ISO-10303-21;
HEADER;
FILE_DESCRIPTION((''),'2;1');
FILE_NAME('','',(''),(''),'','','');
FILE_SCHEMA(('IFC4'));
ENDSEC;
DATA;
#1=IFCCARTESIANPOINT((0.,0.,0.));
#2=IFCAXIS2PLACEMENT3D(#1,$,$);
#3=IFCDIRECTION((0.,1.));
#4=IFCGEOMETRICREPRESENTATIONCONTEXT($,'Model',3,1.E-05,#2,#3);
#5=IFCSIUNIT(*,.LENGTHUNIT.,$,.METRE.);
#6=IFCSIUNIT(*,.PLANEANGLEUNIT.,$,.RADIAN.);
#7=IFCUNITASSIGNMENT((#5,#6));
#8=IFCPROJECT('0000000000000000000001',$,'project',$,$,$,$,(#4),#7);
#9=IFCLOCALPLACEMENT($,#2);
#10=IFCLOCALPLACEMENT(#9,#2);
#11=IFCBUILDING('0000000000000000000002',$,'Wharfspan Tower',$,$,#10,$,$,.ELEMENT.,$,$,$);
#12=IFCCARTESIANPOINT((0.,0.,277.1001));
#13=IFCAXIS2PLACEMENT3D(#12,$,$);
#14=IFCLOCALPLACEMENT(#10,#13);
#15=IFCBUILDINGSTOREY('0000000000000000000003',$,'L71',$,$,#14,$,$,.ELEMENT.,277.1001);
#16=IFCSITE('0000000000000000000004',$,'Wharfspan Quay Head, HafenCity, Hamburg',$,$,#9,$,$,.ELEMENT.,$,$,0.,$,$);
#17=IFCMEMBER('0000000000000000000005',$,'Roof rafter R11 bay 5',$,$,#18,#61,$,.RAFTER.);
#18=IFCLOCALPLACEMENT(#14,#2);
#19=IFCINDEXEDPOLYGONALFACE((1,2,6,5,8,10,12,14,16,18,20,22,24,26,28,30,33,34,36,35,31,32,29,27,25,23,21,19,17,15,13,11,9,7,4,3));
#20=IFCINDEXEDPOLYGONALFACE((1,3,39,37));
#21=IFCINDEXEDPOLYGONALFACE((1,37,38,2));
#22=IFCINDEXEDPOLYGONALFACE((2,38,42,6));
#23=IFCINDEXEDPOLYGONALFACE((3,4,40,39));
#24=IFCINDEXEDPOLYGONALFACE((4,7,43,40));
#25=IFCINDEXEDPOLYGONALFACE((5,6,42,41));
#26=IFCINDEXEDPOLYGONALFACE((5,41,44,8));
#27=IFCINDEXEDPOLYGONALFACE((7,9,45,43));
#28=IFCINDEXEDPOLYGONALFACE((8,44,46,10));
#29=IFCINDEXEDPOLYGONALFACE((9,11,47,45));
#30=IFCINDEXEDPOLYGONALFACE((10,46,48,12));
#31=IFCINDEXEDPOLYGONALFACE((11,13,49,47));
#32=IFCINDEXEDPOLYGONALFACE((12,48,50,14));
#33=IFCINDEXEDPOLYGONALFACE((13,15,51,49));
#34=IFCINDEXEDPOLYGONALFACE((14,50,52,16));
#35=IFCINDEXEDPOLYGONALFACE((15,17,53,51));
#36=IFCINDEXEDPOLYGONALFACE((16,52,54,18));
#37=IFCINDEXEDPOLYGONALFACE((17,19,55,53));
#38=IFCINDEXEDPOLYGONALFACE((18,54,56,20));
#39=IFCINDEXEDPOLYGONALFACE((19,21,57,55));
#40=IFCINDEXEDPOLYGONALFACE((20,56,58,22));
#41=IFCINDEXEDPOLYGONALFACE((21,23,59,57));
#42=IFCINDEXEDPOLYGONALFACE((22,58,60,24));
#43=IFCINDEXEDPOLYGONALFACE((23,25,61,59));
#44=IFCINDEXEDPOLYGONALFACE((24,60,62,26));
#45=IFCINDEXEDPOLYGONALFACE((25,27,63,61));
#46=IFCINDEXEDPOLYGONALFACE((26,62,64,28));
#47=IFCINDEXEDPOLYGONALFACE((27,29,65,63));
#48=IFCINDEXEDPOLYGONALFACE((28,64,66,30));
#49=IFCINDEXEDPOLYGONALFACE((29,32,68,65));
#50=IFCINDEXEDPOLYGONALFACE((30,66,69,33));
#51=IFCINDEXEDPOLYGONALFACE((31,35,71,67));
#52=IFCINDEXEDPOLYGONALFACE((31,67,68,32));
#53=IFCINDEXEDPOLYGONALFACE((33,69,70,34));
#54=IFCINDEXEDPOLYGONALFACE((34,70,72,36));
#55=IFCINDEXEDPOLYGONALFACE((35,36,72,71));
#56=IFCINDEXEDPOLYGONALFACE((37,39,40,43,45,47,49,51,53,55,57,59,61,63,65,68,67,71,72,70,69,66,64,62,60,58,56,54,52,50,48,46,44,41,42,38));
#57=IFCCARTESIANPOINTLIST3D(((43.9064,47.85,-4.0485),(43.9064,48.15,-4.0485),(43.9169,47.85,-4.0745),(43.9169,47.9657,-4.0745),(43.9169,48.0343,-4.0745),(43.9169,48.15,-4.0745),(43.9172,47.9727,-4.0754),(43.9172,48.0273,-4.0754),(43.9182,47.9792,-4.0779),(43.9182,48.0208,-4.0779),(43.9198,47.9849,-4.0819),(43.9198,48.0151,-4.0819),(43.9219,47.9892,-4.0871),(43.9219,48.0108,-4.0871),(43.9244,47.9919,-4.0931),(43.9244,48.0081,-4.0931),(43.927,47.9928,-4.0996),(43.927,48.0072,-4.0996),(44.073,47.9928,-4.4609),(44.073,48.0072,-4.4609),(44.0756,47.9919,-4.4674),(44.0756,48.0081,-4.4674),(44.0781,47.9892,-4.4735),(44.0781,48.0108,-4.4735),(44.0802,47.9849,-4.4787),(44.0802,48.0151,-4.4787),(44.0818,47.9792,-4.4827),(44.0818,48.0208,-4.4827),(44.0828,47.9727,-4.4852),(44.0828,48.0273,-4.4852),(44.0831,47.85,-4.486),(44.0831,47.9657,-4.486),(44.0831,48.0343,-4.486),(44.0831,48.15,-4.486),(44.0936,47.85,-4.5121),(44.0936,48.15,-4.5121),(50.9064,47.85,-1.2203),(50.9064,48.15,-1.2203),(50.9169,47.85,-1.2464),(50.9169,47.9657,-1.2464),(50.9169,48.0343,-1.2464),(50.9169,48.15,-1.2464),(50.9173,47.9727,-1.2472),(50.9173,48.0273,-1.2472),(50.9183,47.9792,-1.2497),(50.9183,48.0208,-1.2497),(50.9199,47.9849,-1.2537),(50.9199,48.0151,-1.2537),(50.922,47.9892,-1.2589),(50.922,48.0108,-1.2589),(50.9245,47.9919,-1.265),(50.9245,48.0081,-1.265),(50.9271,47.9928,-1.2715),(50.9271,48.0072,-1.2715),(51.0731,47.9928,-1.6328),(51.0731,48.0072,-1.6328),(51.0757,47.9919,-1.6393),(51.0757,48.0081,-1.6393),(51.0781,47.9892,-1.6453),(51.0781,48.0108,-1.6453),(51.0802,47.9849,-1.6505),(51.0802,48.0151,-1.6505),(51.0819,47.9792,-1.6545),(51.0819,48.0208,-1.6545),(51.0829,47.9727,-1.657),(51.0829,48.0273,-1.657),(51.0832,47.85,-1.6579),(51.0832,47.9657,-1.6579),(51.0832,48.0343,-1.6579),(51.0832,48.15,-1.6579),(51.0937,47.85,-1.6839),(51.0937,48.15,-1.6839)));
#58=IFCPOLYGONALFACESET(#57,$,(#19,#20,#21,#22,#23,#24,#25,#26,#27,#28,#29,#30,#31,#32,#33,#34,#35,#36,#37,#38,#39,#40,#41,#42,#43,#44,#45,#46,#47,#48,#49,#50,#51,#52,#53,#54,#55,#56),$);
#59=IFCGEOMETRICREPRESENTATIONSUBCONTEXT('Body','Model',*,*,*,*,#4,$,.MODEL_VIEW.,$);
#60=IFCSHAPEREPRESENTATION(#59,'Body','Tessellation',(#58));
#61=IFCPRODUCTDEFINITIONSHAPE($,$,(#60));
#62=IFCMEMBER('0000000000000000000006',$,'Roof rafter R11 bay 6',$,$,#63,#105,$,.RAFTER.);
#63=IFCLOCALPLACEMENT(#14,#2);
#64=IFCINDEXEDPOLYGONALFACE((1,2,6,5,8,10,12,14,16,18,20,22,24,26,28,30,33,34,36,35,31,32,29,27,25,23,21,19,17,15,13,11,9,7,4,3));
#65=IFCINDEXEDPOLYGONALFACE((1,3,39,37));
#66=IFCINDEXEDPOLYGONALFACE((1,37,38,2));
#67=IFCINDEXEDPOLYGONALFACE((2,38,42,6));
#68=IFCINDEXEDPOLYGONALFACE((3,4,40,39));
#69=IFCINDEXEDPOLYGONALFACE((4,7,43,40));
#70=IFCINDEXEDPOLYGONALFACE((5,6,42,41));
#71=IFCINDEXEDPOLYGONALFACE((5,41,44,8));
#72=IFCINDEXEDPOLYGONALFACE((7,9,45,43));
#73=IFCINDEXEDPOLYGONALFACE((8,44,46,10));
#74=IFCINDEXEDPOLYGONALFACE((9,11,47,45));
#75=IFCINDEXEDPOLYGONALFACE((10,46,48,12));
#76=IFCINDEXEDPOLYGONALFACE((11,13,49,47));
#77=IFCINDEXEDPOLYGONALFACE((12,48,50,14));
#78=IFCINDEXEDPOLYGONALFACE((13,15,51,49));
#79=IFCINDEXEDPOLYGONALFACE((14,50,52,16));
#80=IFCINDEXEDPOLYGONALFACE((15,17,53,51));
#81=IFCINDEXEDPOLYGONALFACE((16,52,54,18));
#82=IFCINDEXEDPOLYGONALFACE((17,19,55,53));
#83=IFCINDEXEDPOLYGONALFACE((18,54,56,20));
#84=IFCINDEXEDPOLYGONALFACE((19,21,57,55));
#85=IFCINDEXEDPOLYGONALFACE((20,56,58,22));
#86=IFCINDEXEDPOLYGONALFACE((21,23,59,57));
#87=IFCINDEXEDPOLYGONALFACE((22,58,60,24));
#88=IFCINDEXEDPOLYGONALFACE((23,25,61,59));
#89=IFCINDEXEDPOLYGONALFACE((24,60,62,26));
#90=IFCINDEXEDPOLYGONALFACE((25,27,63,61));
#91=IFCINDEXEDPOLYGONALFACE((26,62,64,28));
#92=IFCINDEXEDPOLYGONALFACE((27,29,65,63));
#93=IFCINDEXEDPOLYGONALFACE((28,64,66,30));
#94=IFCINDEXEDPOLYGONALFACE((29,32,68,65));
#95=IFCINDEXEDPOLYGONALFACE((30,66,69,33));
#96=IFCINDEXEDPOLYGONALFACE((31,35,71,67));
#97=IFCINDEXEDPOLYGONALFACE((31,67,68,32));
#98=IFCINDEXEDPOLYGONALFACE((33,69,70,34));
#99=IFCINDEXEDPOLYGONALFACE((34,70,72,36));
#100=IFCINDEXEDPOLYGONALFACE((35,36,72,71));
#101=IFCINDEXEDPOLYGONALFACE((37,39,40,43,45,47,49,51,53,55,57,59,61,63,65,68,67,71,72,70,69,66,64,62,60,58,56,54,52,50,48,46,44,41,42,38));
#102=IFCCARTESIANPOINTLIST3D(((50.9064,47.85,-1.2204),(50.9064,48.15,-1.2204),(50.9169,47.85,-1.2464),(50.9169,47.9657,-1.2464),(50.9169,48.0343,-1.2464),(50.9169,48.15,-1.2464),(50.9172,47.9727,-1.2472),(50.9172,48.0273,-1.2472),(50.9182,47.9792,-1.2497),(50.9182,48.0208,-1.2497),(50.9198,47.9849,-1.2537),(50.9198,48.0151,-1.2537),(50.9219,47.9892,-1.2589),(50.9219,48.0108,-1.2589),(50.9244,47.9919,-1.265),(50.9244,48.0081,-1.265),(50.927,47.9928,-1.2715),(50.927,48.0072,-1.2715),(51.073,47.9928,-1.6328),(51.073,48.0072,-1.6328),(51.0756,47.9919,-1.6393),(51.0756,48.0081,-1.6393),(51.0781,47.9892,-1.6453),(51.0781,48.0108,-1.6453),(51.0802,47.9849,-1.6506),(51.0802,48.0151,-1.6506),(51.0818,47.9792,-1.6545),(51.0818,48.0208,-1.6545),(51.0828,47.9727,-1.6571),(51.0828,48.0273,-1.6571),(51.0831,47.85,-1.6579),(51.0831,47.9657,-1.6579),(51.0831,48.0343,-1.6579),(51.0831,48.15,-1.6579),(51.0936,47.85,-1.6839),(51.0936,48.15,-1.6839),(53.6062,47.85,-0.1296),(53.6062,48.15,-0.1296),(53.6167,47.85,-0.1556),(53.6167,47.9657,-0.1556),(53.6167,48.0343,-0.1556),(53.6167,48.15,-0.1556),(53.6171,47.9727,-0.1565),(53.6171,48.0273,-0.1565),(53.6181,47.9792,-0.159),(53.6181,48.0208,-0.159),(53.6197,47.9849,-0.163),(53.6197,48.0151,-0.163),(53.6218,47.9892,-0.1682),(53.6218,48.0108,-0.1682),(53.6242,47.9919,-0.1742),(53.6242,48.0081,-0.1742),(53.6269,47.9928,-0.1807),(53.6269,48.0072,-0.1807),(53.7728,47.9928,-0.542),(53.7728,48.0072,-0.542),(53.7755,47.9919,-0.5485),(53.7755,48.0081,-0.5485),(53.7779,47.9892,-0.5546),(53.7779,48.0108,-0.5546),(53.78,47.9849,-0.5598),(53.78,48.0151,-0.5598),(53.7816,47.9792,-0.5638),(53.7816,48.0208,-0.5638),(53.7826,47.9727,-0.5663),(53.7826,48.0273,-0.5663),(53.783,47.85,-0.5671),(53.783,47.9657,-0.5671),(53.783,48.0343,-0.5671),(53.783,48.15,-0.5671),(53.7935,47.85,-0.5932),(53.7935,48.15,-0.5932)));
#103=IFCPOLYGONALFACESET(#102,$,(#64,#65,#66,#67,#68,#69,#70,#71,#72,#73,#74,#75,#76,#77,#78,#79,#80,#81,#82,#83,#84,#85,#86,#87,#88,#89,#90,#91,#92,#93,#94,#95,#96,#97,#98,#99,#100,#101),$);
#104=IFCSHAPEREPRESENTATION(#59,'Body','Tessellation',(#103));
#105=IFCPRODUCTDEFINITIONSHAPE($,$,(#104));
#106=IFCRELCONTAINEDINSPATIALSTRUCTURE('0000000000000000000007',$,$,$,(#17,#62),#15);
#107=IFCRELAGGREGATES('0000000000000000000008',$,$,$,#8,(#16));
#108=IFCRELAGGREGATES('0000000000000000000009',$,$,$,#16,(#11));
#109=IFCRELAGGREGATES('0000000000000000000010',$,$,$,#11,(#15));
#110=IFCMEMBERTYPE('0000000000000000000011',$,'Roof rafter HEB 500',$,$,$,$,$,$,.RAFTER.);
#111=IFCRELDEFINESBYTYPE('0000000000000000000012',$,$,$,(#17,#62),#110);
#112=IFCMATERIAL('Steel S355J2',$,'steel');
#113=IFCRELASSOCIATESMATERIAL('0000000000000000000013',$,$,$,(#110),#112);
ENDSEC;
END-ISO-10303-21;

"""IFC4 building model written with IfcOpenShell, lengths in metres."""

from ifc_helpers import new_model, si_unit, direction, frame, origin, origin_2d, place, context, subcontext, project, spatial, i_section, extrude, material, material_profile, profile_set, type_object, element, save


model = new_model("IFC4")

# Units and contexts
model_context = context("Model", 3, precision=1e-05, world=origin(), true_north=direction((0.0, 1.0)))
body_context = subcontext(model_context, "Body", "Model", "MODEL_VIEW")
ifc_project = project(units=[si_unit("LENGTHUNIT", "METRE"), si_unit("PLANEANGLEUNIT", "RADIAN")], contexts=[model_context])

# Site, building, storey
site_placement = place(None, origin())
site = spatial("IfcSite", under=ifc_project, at=site_placement, Name="Wharfspan Quay Head, HafenCity, Hamburg", CompositionType="ELEMENT", RefElevation=0.0)
building_placement = place(site_placement, origin())
building = spatial("IfcBuilding", under=site, at=building_placement, Name="Wharfspan Tower", CompositionType="ELEMENT")
storey_placement = place(building_placement, frame((0.0, 0.0, 277.1001)))
storey = spatial("IfcBuildingStorey", under=building, at=storey_placement, Name="L71", CompositionType="ELEMENT", Elevation=277.1001)

# Shared definitions
ifc_material_1 = material(Name="Steel S355J2", Category="steel")

# Members
ifc_material_profile_1 = material_profile(ifc_material_1, i_section(OverallWidth=0.3, OverallDepth=0.5, WebThickness=0.0144, FlangeThickness=0.0281, FilletRadius=0.0271, at=origin_2d()))
ifc_profile_set_1 = profile_set([ifc_material_profile_1], Name="Steel S355J2")
member_type_1 = type_object("IfcMemberType", Name="Roof rafter HEB 500", PredefinedType="RAFTER", material=ifc_profile_set_1)
for number, where, z_axis, x_axis, name in (
    (1, (44.0, 48.0, -4.2803), (0.927187, 0.0, 0.3746), (0.0, 1.0, 0.0), "Roof rafter R11 bay 5"),
):
    element("IfcMember", number, at=place(storey_placement, frame(where, z_axis=z_axis, x_axis=x_axis)), inside=storey, type_object=member_type_1, Name=name, PredefinedType="RAFTER", context=body_context, shape_type="SweptSolid", body=[
        extrude(i_section(OverallWidth=0.3, OverallDepth=0.5, WebThickness=0.0144, FlangeThickness=0.0281, FilletRadius=0.0271, at=origin_2d()), origin(), (0.0, 0.0, 1.0), 7.5498),
    ])
member_1_placement = place(storey_placement, frame((51.0, 48.0, -1.4521), z_axis=(0.927188, 0.0, 0.374598), x_axis=(0.0, 1.0, 0.0)))
element("IfcMember", 2, at=member_1_placement, inside=storey, type_object=member_type_1, Name="Roof rafter R11 bay 6", PredefinedType="RAFTER", context=body_context, shape_type="SweptSolid", body=[
    extrude(i_section(OverallWidth=0.3, OverallDepth=0.5, WebThickness=0.0144, FlangeThickness=0.0281, FilletRadius=0.0271, at=origin_2d()), origin(), (0.0, 0.0, 1.0), 2.9119),
])

save(model, "model.ifc")
